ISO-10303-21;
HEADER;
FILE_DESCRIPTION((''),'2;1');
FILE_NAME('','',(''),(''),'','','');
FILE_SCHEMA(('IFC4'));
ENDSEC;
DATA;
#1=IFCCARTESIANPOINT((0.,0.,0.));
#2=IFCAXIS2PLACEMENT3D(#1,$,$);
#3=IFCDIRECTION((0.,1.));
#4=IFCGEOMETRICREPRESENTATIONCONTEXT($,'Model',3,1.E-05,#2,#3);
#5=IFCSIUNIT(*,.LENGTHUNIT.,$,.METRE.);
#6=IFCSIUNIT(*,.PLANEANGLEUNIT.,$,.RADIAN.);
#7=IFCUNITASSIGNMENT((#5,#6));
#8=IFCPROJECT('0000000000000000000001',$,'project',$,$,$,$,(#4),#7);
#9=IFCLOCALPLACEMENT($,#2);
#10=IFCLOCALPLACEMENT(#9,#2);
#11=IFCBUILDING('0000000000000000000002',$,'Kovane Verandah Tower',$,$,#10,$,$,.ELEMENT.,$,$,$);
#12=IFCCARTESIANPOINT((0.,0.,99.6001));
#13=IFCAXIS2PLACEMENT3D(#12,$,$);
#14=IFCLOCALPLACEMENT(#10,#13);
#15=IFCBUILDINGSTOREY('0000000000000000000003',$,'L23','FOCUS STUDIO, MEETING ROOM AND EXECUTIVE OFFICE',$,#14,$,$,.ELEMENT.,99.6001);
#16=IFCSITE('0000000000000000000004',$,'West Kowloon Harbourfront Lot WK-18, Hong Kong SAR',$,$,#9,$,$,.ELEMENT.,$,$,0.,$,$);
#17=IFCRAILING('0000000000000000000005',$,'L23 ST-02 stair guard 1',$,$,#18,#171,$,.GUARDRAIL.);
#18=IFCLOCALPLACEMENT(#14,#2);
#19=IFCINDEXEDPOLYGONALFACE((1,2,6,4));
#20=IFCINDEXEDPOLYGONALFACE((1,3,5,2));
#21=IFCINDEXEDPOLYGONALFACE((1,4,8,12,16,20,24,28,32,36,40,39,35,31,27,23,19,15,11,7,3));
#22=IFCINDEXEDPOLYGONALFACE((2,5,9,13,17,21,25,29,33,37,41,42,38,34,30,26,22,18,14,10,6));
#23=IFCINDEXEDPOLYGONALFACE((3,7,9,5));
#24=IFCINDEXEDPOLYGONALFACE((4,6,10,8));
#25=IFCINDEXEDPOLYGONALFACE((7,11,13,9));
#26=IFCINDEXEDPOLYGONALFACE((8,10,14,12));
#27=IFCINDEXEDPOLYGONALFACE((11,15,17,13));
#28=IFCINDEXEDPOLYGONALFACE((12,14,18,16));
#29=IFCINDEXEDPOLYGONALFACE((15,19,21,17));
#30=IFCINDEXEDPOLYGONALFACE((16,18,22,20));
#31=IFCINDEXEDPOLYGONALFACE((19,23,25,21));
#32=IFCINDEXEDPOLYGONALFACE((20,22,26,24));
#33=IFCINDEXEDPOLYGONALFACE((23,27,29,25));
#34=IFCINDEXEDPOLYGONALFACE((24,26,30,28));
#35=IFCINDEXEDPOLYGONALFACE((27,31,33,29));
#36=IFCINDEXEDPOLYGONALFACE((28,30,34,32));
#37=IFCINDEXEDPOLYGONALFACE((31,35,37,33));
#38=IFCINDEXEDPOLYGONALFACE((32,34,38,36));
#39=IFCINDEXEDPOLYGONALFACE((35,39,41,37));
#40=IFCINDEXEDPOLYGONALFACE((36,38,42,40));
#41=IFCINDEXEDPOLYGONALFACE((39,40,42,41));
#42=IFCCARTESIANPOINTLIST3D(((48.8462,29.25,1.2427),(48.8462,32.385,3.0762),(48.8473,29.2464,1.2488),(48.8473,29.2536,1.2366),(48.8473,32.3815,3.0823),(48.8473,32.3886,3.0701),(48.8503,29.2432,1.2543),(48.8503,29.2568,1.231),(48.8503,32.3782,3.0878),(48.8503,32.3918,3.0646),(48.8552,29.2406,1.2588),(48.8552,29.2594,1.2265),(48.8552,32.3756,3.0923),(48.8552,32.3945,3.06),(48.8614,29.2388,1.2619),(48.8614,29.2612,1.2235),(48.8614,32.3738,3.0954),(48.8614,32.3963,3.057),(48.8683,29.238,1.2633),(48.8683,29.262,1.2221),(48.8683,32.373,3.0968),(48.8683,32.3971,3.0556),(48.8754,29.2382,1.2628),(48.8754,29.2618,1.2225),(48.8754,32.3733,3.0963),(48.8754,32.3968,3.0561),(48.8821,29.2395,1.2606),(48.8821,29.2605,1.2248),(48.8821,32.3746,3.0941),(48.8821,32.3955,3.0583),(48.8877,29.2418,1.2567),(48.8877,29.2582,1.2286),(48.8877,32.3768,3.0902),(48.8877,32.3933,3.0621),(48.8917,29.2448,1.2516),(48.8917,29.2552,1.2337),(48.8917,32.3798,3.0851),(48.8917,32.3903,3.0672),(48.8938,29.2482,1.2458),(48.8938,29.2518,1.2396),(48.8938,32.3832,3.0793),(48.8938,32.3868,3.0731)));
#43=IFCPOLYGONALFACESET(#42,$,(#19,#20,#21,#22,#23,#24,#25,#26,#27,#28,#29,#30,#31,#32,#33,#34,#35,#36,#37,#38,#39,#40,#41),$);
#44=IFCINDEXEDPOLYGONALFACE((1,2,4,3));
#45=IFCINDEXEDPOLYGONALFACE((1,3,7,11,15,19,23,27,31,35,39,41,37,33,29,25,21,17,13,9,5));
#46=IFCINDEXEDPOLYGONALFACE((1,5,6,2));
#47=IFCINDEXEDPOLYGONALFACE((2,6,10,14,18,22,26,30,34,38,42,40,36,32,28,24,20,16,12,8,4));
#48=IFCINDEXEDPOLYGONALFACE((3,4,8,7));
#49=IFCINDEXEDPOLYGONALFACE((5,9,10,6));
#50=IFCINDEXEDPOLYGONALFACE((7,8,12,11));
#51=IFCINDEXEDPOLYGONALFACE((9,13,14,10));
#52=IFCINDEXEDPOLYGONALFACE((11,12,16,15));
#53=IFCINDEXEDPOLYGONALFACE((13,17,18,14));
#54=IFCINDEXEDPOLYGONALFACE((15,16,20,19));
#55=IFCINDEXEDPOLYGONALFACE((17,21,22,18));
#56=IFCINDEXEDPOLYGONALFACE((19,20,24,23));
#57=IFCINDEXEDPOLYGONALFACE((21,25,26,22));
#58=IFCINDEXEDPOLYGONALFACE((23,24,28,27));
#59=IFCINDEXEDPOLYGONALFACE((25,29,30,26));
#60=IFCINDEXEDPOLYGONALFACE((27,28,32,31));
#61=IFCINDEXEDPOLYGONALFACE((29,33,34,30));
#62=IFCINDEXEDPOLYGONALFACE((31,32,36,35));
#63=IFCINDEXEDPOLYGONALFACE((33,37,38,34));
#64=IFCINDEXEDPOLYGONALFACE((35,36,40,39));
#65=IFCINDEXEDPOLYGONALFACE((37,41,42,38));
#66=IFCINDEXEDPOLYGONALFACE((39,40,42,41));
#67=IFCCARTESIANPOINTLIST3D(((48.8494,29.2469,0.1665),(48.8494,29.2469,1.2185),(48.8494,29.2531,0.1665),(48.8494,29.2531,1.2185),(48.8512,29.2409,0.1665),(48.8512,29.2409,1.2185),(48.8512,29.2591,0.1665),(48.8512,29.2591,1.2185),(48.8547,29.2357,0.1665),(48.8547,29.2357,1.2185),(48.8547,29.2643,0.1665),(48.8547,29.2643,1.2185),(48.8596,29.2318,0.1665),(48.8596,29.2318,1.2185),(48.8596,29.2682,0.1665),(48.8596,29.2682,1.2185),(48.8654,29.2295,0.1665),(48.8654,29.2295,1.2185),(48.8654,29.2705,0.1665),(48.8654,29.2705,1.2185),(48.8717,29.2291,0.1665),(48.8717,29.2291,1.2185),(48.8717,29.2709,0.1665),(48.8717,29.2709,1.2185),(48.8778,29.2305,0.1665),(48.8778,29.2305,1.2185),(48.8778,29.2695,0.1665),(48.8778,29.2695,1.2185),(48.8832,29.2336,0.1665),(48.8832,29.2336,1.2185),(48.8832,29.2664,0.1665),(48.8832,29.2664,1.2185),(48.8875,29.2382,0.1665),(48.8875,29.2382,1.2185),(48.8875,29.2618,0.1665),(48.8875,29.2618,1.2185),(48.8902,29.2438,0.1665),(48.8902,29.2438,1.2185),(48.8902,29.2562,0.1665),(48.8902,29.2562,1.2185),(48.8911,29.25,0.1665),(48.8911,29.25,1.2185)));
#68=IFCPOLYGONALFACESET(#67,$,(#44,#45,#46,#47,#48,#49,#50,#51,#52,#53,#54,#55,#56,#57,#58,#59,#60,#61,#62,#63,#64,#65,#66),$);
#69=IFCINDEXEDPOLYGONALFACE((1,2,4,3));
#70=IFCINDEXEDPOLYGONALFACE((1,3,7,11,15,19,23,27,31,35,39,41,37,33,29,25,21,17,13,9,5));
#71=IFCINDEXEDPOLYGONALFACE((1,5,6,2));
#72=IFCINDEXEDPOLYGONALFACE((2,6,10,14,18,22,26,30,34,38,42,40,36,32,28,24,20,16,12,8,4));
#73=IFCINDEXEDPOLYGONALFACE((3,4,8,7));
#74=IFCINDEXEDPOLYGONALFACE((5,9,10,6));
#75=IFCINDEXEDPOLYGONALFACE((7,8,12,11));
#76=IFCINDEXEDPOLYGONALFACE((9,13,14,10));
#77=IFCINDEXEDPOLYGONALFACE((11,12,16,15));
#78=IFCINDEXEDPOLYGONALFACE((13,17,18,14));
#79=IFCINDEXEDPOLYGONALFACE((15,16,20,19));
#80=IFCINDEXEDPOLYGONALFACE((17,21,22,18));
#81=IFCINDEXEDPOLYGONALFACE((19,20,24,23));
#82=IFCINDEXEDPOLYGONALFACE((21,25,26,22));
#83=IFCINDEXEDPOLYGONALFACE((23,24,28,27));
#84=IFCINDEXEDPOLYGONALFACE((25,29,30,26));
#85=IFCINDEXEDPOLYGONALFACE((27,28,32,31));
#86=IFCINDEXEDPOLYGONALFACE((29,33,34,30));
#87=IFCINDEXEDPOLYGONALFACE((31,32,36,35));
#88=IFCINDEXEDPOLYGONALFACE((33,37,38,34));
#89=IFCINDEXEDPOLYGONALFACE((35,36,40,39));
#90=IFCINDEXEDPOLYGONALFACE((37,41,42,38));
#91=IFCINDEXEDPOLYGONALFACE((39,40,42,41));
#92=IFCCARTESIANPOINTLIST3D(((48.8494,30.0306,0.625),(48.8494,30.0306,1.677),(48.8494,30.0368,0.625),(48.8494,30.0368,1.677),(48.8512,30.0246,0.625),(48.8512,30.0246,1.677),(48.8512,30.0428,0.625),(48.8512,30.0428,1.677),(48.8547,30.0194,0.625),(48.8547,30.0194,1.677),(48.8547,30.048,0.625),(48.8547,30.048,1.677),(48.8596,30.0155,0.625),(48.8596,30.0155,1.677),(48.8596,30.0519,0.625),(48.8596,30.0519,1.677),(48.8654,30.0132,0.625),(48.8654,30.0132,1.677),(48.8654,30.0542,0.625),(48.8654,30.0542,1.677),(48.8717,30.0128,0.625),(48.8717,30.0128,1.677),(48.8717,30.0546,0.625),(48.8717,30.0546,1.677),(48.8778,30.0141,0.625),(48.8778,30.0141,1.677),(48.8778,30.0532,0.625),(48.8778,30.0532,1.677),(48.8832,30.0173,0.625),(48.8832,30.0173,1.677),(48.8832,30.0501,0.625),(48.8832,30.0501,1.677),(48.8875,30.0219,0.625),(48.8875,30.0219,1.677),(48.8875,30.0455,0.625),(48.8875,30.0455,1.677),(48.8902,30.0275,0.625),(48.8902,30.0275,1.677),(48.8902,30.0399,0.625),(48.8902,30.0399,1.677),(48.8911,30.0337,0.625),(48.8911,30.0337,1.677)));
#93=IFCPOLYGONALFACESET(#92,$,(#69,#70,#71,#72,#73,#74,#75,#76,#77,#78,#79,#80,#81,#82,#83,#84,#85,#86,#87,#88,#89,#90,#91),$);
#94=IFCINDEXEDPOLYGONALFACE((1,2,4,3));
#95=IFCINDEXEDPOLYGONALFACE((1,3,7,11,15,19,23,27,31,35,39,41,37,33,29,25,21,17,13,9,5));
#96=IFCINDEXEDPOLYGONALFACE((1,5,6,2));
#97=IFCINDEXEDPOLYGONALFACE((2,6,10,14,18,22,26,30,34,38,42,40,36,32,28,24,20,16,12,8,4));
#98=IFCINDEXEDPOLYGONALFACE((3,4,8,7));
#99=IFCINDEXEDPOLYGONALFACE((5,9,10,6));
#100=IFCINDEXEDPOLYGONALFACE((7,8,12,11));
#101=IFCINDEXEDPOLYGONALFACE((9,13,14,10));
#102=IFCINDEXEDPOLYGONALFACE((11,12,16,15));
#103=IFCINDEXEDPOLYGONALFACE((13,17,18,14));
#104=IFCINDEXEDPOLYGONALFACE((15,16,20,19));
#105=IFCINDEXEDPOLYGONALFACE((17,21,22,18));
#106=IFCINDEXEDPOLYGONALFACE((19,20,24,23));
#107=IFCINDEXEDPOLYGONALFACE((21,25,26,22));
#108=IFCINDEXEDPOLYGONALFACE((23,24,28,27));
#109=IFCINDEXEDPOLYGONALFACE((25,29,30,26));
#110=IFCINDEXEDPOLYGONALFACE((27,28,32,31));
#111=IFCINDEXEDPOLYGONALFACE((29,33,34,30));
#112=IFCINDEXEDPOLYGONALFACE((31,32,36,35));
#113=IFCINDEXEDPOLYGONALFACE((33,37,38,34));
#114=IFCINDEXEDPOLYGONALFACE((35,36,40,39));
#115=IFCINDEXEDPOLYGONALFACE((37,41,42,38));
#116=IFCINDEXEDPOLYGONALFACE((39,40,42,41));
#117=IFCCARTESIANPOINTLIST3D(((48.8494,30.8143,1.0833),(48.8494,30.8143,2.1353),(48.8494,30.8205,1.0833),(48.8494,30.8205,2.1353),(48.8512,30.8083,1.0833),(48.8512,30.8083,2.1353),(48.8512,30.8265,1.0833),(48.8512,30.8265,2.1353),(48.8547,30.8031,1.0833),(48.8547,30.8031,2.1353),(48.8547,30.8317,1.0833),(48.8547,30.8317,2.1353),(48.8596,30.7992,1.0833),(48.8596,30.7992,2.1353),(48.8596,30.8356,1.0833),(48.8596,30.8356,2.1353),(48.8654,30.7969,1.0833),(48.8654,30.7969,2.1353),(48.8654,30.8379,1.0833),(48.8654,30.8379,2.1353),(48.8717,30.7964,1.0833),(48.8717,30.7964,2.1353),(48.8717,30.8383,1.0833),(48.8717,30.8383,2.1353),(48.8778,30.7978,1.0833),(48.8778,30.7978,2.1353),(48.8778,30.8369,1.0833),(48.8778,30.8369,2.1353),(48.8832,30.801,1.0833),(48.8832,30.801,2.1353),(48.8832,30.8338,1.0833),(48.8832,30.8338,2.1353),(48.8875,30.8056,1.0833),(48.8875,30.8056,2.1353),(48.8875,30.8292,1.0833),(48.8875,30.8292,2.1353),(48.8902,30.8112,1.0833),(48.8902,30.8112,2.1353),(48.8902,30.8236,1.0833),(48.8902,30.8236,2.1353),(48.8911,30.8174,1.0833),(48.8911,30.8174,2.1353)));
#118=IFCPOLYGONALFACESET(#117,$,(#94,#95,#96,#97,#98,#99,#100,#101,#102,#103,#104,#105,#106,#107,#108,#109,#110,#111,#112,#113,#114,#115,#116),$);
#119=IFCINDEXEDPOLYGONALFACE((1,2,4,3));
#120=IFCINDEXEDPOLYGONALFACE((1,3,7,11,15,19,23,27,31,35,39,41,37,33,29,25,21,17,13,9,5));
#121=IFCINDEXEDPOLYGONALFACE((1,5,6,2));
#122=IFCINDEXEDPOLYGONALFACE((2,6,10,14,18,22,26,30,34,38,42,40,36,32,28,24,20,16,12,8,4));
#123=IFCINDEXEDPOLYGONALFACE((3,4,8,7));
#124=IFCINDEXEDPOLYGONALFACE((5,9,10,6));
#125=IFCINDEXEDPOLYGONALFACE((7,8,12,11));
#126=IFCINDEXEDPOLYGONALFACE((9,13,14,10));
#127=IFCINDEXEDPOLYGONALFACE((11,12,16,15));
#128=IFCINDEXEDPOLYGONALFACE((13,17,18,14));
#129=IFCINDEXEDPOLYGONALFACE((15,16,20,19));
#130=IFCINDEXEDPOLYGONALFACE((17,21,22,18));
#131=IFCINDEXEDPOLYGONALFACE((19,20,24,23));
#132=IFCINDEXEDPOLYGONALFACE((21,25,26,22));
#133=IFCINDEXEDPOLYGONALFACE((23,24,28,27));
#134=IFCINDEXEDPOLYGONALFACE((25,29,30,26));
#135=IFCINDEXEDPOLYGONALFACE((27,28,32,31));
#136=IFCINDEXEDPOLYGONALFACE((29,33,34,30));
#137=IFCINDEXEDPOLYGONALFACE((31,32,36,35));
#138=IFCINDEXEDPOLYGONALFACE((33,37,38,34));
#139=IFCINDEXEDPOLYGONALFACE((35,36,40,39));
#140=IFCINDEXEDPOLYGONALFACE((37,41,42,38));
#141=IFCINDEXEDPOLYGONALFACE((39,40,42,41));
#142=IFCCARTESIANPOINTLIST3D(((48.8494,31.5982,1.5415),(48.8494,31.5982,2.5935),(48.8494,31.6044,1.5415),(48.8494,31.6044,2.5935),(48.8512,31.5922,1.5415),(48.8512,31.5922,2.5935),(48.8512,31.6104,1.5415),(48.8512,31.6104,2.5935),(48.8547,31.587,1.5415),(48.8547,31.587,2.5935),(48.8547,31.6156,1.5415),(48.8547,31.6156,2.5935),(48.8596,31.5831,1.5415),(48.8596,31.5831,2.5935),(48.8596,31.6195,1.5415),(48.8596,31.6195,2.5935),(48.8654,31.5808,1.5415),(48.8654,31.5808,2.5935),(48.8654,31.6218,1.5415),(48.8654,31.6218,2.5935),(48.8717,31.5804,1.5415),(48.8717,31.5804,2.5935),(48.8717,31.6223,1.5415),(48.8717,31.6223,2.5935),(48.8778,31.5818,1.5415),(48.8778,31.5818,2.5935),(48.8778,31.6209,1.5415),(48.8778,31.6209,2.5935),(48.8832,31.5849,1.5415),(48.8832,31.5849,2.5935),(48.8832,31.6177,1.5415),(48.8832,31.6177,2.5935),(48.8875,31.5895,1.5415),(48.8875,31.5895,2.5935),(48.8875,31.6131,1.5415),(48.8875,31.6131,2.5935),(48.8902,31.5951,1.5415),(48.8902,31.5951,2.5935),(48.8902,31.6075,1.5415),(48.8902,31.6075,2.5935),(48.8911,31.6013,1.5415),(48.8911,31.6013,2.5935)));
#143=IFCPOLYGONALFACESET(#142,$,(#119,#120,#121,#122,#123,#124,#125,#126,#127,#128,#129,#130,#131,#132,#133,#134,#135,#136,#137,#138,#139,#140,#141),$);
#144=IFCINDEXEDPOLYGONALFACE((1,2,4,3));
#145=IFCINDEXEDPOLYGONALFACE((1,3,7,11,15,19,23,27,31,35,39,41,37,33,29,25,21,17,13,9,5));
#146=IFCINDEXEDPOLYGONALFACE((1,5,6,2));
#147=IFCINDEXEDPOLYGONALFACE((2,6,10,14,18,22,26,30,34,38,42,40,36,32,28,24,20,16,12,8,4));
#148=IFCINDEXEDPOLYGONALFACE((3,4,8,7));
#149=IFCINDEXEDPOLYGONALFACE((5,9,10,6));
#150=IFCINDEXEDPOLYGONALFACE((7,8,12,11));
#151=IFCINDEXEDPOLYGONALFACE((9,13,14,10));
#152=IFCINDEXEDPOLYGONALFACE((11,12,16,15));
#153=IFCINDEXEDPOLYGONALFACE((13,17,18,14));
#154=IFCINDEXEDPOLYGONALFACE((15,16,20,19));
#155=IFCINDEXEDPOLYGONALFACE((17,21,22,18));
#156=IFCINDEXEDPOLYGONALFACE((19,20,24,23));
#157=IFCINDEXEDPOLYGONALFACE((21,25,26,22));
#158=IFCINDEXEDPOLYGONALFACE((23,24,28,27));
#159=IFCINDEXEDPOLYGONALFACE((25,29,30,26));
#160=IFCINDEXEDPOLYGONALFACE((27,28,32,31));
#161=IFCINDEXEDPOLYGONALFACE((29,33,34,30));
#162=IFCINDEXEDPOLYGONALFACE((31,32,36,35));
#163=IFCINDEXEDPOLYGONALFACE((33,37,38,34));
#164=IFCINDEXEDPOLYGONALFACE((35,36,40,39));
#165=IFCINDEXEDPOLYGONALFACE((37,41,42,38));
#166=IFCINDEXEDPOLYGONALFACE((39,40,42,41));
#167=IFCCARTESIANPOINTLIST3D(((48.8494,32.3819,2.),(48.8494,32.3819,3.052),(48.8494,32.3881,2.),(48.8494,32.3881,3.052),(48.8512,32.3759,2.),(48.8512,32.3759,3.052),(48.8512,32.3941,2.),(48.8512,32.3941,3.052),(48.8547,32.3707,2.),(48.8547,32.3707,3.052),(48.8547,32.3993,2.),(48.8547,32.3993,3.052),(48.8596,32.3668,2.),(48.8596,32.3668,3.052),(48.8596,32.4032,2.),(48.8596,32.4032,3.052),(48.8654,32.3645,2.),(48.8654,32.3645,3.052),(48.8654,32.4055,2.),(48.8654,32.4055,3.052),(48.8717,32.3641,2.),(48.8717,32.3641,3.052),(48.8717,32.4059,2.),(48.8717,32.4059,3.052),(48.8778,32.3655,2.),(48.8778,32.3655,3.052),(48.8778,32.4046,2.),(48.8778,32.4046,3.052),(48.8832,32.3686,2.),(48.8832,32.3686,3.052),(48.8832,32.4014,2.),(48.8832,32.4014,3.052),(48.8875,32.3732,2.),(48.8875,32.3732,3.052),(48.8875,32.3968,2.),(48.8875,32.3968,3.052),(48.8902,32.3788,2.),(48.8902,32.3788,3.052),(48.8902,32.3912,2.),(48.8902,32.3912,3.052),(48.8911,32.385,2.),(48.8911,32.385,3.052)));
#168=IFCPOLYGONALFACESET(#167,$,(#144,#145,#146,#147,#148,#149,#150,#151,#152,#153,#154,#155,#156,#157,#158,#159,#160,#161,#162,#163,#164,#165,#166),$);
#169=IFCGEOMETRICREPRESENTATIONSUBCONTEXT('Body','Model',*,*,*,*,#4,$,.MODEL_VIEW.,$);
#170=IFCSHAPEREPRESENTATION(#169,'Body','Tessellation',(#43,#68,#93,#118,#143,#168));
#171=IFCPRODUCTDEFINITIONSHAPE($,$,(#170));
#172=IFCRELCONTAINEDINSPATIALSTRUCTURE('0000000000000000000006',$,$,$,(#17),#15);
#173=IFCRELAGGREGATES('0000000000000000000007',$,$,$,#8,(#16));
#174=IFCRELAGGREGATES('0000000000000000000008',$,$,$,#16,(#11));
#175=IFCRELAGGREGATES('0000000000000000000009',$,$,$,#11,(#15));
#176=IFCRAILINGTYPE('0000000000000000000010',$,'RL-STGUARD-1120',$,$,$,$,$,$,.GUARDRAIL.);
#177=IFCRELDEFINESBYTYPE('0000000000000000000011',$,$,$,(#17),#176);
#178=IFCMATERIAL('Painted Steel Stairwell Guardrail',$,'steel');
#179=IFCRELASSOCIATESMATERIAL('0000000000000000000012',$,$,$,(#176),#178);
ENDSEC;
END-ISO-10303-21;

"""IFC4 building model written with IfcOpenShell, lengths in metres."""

from ifc_helpers import new_model, si_unit, direction, frame, origin, origin_2d, place, context, subcontext, project, spatial, circle, extrude, material, type_object, element, save


model = new_model("IFC4")

# Units and contexts
model_context = context("Model", 3, precision=1e-05, world=origin(), true_north=direction((0.0, 1.0)))
body_context = subcontext(model_context, "Body", "Model", "MODEL_VIEW")
ifc_project = project(units=[si_unit("LENGTHUNIT", "METRE"), si_unit("PLANEANGLEUNIT", "RADIAN")], contexts=[model_context])

# Site, building, storey
site_placement = place(None, origin())
site = spatial("IfcSite", under=ifc_project, at=site_placement, Name="West Kowloon Harbourfront Lot WK-18, Hong Kong SAR", CompositionType="ELEMENT", RefElevation=0.0)
building_placement = place(site_placement, origin())
building = spatial("IfcBuilding", under=site, at=building_placement, Name="Kovane Verandah Tower", CompositionType="ELEMENT")
storey_placement = place(building_placement, frame((0.0, 0.0, 99.6001)))
storey = spatial("IfcBuildingStorey", under=building, at=storey_placement, Name="L23", Description="FOCUS STUDIO, MEETING ROOM AND EXECUTIVE OFFICE", CompositionType="ELEMENT", Elevation=99.6001)

# Railing
ifc_material_1 = material(Name="Painted Steel Stairwell Guardrail", Category="steel")
railing_type_1 = type_object("IfcRailingType", Name="RL-STGUARD-1120", PredefinedType="GUARDRAIL", material=ifc_material_1)
railing_1_placement = place(storey_placement, frame((48.8701, 29.25, 0.1665)))
element("IfcRailing", 1, at=railing_1_placement, inside=storey, type_object=railing_type_1, Name="L23 ST-02 stair guard 1", PredefinedType="GUARDRAIL", context=body_context, shape_type="SweptSolid", body=[
    extrude(circle(Radius=0.0239, at=origin_2d()), frame((0.0, 0.0, 1.0762), z_axis=(0.0, 0.86321, 0.504845), x_axis=(-1.0, 0.0, 0.0)), (0.0, 0.0, 1.0), 3.6318),
    extrude(circle(Radius=0.021, at=origin_2d()), origin(), (0.0, 0.0, 1.0), 1.052),
    extrude(circle(Radius=0.021, at=origin_2d()), frame((0.0, 0.7837, 0.4585)), (0.0, 0.0, 1.0), 1.052),
    extrude(circle(Radius=0.021, at=origin_2d()), frame((0.0, 1.5674, 0.9167)), (0.0, 0.0, 1.0), 1.052),
    extrude(circle(Radius=0.021, at=origin_2d()), frame((0.0, 2.3513, 1.375)), (0.0, 0.0, 1.0), 1.052),
    extrude(circle(Radius=0.021, at=origin_2d()), frame((0.0, 3.135, 1.8335)), (0.0, 0.0, 1.0), 1.052),
])

save(model, "model.ifc")
